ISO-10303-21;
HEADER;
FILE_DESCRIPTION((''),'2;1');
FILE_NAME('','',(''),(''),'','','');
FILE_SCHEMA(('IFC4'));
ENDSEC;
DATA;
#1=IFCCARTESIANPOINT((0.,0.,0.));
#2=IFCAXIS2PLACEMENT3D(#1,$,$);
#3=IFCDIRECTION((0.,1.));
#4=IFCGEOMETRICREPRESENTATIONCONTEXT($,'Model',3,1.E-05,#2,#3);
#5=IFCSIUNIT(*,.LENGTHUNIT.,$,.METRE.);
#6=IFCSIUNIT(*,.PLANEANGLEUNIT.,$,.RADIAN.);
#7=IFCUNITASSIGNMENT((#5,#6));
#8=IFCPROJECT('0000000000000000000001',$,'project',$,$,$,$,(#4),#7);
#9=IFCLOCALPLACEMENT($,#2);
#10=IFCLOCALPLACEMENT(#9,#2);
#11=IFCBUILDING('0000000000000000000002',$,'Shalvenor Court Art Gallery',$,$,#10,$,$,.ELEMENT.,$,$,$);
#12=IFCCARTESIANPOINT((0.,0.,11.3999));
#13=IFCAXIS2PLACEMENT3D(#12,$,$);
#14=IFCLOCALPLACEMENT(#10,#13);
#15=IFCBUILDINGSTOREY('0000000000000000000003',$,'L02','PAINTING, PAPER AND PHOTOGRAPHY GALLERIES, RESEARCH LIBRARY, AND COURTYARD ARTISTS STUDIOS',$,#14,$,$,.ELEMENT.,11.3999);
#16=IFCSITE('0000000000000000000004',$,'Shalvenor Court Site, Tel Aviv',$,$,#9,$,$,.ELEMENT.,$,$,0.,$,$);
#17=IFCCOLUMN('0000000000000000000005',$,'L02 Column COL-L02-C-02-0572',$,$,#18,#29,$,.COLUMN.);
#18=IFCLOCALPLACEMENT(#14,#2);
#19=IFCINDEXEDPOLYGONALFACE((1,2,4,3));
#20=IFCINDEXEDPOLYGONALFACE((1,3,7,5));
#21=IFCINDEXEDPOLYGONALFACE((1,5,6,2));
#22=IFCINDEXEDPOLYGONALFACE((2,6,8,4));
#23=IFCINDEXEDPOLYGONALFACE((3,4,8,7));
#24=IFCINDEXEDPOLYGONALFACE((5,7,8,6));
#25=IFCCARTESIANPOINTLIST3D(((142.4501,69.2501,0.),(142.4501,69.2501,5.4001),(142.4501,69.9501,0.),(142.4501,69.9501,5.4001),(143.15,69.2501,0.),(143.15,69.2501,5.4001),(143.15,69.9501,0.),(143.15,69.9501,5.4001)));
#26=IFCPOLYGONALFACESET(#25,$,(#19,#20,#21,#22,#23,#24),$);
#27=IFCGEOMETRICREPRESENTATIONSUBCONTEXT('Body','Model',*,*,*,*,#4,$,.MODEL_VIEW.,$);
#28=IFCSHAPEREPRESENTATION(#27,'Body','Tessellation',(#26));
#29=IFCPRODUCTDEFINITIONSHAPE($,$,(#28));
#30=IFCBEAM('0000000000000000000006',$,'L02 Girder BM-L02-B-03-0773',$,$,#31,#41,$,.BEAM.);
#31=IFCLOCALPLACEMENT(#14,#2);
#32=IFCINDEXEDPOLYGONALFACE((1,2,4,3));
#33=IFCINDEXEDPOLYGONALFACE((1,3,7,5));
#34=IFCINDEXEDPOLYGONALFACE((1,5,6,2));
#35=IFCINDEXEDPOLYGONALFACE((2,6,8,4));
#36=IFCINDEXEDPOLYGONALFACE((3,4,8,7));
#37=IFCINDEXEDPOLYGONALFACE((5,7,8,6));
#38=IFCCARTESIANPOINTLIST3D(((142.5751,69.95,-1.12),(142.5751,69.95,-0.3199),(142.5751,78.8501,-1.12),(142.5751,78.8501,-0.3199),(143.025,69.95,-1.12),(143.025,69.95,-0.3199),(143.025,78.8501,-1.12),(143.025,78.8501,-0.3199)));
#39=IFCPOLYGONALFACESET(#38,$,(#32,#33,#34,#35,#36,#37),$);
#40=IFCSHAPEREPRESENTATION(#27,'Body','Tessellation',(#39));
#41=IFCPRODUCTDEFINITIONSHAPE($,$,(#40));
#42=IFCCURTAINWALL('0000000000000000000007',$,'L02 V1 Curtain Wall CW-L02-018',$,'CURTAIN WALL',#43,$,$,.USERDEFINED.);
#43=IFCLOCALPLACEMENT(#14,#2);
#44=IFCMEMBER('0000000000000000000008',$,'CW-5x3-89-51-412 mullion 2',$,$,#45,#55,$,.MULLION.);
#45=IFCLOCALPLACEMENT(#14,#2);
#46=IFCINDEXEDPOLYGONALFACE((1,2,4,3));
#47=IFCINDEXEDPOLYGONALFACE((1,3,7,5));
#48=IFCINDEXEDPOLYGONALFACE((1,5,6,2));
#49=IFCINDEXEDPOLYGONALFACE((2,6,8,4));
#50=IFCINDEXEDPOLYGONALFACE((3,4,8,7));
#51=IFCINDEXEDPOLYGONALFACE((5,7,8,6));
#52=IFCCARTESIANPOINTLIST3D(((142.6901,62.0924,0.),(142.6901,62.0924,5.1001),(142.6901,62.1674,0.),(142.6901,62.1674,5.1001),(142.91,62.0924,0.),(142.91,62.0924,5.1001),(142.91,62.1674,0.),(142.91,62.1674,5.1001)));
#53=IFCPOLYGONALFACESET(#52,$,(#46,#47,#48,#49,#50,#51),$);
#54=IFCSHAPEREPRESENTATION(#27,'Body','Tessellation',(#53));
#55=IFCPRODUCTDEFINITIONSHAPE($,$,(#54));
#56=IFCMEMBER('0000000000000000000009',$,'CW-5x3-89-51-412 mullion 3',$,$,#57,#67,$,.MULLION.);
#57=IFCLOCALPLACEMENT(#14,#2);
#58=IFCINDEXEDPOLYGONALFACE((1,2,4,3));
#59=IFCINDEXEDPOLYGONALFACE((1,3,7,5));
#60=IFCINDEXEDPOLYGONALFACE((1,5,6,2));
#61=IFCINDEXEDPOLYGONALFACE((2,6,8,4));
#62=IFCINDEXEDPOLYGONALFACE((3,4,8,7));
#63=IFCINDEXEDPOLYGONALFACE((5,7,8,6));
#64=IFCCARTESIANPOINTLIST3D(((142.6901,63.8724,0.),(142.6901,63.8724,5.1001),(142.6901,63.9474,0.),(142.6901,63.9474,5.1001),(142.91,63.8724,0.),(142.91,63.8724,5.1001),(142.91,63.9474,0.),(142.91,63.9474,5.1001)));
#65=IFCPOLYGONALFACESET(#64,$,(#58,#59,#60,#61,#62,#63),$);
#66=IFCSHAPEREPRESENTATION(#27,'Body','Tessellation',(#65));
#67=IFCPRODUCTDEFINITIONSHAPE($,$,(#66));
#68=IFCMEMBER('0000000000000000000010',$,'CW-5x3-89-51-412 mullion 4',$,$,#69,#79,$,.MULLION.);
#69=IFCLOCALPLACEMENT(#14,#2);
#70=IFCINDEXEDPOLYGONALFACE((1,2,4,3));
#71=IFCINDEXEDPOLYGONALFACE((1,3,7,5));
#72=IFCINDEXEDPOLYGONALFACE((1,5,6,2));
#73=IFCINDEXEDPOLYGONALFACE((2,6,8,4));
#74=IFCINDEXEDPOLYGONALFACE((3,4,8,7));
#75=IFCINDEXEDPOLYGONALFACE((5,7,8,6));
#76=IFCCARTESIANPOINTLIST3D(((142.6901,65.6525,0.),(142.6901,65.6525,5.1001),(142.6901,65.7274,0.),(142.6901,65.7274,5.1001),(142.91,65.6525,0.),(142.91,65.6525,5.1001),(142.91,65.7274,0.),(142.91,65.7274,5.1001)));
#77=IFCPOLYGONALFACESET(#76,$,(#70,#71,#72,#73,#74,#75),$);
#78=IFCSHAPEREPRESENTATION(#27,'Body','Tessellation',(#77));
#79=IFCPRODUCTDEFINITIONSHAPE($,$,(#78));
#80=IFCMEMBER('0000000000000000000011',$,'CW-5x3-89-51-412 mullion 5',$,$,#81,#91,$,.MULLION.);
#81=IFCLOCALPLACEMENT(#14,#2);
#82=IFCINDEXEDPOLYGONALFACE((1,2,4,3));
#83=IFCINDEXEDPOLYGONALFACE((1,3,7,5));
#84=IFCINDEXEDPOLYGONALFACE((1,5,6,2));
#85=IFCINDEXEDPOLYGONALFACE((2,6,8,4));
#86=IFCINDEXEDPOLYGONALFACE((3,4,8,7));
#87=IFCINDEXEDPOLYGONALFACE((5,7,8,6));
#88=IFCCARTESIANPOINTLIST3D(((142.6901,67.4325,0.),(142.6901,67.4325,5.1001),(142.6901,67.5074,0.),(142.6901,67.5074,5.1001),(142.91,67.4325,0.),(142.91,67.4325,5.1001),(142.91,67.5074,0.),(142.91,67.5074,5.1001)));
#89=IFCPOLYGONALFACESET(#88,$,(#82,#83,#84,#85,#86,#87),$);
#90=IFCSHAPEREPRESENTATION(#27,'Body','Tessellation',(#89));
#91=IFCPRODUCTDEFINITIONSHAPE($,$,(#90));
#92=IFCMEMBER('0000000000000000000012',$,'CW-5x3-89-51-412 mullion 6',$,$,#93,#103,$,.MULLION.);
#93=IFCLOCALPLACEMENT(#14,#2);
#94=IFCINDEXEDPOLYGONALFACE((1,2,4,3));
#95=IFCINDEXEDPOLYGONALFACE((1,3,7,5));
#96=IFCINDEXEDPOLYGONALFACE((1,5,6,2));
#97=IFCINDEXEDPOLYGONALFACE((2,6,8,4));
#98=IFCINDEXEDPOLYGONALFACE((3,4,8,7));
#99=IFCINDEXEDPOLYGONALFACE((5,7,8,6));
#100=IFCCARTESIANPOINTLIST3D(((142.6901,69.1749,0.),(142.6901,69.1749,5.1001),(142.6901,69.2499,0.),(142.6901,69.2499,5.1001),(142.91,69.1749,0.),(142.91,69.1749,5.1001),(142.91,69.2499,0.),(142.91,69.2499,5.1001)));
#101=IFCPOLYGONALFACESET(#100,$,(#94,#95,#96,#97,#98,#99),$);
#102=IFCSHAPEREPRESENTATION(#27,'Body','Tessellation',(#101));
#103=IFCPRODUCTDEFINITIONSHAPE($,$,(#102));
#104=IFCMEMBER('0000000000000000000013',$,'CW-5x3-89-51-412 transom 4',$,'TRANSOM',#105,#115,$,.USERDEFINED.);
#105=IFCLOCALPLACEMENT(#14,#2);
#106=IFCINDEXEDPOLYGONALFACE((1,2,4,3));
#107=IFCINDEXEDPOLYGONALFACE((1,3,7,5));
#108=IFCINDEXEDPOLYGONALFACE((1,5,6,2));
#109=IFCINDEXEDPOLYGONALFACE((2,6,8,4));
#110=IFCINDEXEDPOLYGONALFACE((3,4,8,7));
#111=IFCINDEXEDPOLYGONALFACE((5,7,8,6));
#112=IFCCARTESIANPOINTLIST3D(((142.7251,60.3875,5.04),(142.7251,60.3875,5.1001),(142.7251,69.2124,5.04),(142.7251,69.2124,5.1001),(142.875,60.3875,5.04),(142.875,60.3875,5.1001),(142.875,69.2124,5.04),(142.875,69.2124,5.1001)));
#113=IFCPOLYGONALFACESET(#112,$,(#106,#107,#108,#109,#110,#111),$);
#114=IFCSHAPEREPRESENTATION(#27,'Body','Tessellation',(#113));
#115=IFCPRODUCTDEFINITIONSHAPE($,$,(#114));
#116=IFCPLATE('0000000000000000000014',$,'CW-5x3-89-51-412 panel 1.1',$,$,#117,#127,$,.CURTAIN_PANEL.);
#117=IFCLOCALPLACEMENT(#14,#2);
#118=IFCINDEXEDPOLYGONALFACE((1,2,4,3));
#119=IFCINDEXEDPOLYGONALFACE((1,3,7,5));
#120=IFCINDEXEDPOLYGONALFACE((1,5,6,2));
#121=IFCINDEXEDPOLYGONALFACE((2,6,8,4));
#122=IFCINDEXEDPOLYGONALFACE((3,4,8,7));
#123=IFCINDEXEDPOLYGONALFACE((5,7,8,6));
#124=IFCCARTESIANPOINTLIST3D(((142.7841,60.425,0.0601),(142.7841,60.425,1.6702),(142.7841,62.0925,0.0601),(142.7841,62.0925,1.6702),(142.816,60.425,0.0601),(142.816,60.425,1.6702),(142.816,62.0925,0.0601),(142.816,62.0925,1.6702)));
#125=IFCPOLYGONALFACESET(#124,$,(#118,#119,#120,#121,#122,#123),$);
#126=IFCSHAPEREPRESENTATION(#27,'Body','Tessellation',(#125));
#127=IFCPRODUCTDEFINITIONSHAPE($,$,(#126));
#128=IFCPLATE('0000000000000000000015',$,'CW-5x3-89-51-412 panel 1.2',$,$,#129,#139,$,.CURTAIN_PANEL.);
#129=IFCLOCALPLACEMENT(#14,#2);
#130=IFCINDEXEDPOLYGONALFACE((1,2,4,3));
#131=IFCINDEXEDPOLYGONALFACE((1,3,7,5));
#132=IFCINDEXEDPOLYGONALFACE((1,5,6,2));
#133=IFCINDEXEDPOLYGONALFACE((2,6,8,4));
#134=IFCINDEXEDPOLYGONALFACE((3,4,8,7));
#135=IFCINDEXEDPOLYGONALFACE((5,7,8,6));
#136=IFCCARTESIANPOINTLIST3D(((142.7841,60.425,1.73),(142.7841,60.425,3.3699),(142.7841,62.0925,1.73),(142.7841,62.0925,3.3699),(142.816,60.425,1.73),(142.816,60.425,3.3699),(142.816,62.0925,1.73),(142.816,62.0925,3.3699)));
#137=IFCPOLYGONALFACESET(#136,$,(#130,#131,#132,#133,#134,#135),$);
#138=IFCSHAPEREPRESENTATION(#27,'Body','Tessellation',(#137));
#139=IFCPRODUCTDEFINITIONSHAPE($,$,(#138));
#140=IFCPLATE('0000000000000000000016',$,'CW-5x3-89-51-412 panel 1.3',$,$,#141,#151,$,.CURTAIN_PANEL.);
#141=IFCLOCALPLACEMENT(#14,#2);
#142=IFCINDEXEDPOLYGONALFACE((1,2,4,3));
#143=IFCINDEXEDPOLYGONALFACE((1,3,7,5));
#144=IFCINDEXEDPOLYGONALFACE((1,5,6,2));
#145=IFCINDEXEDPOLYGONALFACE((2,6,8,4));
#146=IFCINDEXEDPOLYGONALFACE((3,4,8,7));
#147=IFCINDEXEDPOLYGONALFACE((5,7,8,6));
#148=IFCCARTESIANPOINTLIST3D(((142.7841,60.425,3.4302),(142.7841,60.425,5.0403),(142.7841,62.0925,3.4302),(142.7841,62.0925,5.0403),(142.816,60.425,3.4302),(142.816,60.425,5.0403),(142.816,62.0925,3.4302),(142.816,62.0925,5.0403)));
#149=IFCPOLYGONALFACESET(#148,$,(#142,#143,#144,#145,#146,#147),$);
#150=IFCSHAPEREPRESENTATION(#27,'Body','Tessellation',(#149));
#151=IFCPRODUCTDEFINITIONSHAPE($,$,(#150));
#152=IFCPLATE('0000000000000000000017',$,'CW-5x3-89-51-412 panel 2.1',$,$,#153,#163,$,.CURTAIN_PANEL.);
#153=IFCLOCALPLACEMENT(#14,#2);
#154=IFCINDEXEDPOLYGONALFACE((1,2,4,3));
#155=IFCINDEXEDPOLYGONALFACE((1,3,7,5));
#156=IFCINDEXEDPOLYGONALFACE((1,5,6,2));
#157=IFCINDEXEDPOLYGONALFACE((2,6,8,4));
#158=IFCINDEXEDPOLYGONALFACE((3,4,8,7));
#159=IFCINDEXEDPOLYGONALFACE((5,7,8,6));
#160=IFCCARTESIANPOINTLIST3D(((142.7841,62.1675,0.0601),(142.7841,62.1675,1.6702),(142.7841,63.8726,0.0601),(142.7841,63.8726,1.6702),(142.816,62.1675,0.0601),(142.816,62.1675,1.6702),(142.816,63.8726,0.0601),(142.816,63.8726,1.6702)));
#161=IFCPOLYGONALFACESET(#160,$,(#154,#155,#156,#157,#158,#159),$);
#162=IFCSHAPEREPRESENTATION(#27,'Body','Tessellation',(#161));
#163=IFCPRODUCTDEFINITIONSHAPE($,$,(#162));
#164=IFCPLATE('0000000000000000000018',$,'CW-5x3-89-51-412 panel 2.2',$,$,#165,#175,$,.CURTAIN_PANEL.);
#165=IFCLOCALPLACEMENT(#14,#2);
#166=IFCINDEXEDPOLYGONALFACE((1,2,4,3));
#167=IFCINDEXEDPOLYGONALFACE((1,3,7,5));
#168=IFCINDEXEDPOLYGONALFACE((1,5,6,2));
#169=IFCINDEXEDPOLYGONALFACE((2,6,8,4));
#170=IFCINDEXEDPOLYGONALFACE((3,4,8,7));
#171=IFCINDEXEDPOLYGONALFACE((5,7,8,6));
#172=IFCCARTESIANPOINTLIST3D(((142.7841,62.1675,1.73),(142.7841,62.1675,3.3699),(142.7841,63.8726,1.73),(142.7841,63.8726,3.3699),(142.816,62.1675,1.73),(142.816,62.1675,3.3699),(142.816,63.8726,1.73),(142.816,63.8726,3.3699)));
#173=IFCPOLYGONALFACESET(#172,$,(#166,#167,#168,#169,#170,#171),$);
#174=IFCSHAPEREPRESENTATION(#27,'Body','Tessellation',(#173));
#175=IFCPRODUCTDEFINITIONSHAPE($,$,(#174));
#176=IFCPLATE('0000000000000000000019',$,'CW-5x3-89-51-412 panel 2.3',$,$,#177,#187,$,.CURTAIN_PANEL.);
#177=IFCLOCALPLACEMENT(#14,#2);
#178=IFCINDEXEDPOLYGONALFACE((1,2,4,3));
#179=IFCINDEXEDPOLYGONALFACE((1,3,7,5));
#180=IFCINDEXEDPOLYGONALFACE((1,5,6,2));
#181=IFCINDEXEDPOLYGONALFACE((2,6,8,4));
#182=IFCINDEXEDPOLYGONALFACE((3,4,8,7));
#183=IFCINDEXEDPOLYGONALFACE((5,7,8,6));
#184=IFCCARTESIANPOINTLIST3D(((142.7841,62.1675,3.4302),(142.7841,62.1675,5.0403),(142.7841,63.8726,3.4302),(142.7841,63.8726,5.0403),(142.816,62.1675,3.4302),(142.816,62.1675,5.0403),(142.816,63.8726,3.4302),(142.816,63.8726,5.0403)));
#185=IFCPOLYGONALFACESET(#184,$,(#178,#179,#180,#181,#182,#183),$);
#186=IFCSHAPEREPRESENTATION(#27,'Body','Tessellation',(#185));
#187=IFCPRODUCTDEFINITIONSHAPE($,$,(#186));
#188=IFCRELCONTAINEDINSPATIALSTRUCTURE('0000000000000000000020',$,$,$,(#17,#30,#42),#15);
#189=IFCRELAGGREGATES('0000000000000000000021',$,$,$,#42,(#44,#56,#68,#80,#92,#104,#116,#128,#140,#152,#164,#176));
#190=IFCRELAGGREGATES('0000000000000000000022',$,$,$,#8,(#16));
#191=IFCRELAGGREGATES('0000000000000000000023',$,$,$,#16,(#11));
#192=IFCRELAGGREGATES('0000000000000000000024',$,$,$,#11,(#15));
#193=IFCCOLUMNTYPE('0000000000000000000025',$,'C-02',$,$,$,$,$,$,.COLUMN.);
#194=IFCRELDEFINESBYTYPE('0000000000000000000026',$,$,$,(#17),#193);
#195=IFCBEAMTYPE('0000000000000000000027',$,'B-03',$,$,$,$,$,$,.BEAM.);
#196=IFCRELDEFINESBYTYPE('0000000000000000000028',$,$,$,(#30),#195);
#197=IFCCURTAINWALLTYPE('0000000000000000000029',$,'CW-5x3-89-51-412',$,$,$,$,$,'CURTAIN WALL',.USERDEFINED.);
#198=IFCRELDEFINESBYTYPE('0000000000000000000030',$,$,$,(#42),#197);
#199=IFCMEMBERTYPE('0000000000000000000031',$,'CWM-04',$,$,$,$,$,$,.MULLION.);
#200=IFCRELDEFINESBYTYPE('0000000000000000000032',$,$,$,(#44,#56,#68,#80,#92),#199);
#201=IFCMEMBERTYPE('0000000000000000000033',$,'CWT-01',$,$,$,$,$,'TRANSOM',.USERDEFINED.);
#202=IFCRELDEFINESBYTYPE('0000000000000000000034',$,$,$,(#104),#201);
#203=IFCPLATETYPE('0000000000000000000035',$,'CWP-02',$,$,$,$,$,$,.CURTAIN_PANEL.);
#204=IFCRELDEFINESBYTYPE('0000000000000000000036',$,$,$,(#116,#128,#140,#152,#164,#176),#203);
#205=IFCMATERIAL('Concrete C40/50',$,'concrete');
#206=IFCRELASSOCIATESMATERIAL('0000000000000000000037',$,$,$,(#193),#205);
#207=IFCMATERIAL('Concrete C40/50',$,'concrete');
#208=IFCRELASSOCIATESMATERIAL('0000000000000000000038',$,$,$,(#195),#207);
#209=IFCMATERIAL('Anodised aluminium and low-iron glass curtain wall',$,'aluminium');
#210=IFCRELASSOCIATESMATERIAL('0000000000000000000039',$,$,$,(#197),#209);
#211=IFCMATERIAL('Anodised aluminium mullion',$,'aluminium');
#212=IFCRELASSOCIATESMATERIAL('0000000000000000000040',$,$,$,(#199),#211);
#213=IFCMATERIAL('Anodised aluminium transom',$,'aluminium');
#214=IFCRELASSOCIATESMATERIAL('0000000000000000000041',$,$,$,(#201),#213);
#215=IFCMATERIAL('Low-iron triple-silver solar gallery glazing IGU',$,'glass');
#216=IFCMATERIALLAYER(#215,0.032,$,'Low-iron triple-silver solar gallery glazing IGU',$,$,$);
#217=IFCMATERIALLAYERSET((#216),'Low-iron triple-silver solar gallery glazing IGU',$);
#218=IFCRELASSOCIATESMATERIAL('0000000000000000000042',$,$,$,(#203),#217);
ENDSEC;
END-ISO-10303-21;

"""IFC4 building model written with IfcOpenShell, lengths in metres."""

from ifc_helpers import new_model, si_unit, direction, frame, origin, origin_2d, place, context, subcontext, project, spatial, rectangle, extrude, material, layer, layer_set, material_profile, profile_set, type_object, element, aggregate, save


model = new_model("IFC4")

# Units and contexts
model_context = context("Model", 3, precision=1e-05, world=origin(), true_north=direction((0.0, 1.0)))
body_context = subcontext(model_context, "Body", "Model", "MODEL_VIEW")
ifc_project = project(units=[si_unit("LENGTHUNIT", "METRE"), si_unit("PLANEANGLEUNIT", "RADIAN")], contexts=[model_context])

# Site, building, storey
site_placement = place(None, origin())
site = spatial("IfcSite", under=ifc_project, at=site_placement, Name="Shalvenor Court Site, Tel Aviv", CompositionType="ELEMENT", RefElevation=0.0)
building_placement = place(site_placement, origin())
building = spatial("IfcBuilding", under=site, at=building_placement, Name="Shalvenor Court Art Gallery", CompositionType="ELEMENT")
storey_placement = place(building_placement, frame((0.0, 0.0, 11.3999)))
storey = spatial("IfcBuildingStorey", under=building, at=storey_placement, Name="L02", Description="PAINTING, PAPER AND PHOTOGRAPHY GALLERIES, RESEARCH LIBRARY, AND COURTYARD ARTISTS STUDIOS", CompositionType="ELEMENT", Elevation=11.3999)

# Column
ifc_material_1 = material(Name="Concrete C40/50", Category="concrete")
ifc_material_profile_1 = material_profile(ifc_material_1, rectangle(XDim=0.7, YDim=0.7, at=origin_2d()), Name="RC 700x700")
ifc_profile_set_1 = profile_set([ifc_material_profile_1], Name="Concrete C40/50")
column_type = type_object("IfcColumnType", Name="C-02", PredefinedType="COLUMN", material=ifc_profile_set_1)
column_placement = place(storey_placement, frame((142.8, 69.6001, 0.0), z_axis=(0.0, 0.0, 1.0), x_axis=(1.0, 0.0, 0.0)))
element("IfcColumn", 1, at=column_placement, inside=storey, type_object=column_type, Name="L02 Column COL-L02-C-02-0572", PredefinedType="COLUMN", context=body_context, shape_type="SweptSolid", body=[
    extrude(rectangle(XDim=0.7, YDim=0.7, at=origin_2d()), origin(), (0.0, 0.0, 1.0), 5.4001),
])

# Beam
ifc_material_2 = material(Name="Concrete C40/50", Category="concrete")
ifc_material_profile_2 = material_profile(ifc_material_2, rectangle(XDim=0.45, YDim=0.8, at=origin_2d()), Name="RC 450x800")
ifc_profile_set_2 = profile_set([ifc_material_profile_2], Name="Concrete C40/50")
beam_type = type_object("IfcBeamType", Name="B-03", PredefinedType="BEAM", material=ifc_profile_set_2)
beam_placement = place(storey_placement, frame((142.8, 69.95, -0.72), z_axis=(0.0, 1.0, 0.0), x_axis=(-1.0, 0.0, 0.0)))
element("IfcBeam", 2, at=beam_placement, inside=storey, type_object=beam_type, Name="L02 Girder BM-L02-B-03-0773", PredefinedType="BEAM", context=body_context, shape_type="SweptSolid", body=[
    extrude(rectangle(XDim=0.45, YDim=0.8, at=origin_2d()), origin(), (0.0, 0.0, 1.0), 8.9001),
])

# Curtain wall, members, plates
ifc_material_3 = material(Name="Anodised aluminium and low-iron glass curtain wall", Category="aluminium")
curtain_wall_type = type_object("IfcCurtainWallType", Name="CW-5x3-89-51-412", ElementType="CURTAIN WALL", PredefinedType="USERDEFINED", material=ifc_material_3)
curtain_wall_placement = place(storey_placement, origin())
curtain_wall = element("IfcCurtainWall", 3, at=curtain_wall_placement, inside=storey, type_object=curtain_wall_type, Name="L02 V1 Curtain Wall CW-L02-018", ObjectType="CURTAIN WALL", PredefinedType="USERDEFINED")
ifc_material_4 = material(Name="Anodised aluminium mullion", Category="aluminium")
ifc_material_profile_3 = material_profile(ifc_material_4, rectangle(XDim=0.075, YDim=0.22, at=origin_2d()), Name="CWM-04")
ifc_profile_set_3 = profile_set([ifc_material_profile_3], Name="Anodised aluminium mullion")
member_type_1 = type_object("IfcMemberType", Name="CWM-04", PredefinedType="MULLION", material=ifc_profile_set_3)
member_1_placement = place(storey_placement, frame((142.8, 62.1299, 0.0), z_axis=(0.0, 0.0, 1.0), x_axis=(0.0, 1.0, 0.0)))
member_1 = element("IfcMember", 4, at=member_1_placement, type_object=member_type_1, Name="CW-5x3-89-51-412 mullion 2", PredefinedType="MULLION", context=body_context, shape_type="SweptSolid", body=[
    extrude(rectangle(XDim=0.075, YDim=0.22, at=origin_2d()), origin(), (0.0, 0.0, 1.0), 5.1001),
])
member_2_placement = place(storey_placement, frame((142.8, 63.9099, 0.0), z_axis=(0.0, 0.0, 1.0), x_axis=(0.0, 1.0, 0.0)))
member_2 = element("IfcMember", 5, at=member_2_placement, type_object=member_type_1, Name="CW-5x3-89-51-412 mullion 3", PredefinedType="MULLION", context=body_context, shape_type="SweptSolid", body=[
    extrude(rectangle(XDim=0.075, YDim=0.22, at=origin_2d()), origin(), (0.0, 0.0, 1.0), 5.1001),
])
member_3_placement = place(storey_placement, frame((142.8, 65.6899, 0.0), z_axis=(0.0, 0.0, 1.0), x_axis=(0.0, 1.0, 0.0)))
member_3 = element("IfcMember", 6, at=member_3_placement, type_object=member_type_1, Name="CW-5x3-89-51-412 mullion 4", PredefinedType="MULLION", context=body_context, shape_type="SweptSolid", body=[
    extrude(rectangle(XDim=0.075, YDim=0.22, at=origin_2d()), origin(), (0.0, 0.0, 1.0), 5.1001),
])
member_4_placement = place(storey_placement, frame((142.8, 67.47, 0.0), z_axis=(0.0, 0.0, 1.0), x_axis=(0.0, 1.0, 0.0)))
member_4 = element("IfcMember", 7, at=member_4_placement, type_object=member_type_1, Name="CW-5x3-89-51-412 mullion 5", PredefinedType="MULLION", context=body_context, shape_type="SweptSolid", body=[
    extrude(rectangle(XDim=0.075, YDim=0.22, at=origin_2d()), origin(), (0.0, 0.0, 1.0), 5.1001),
])
member_5_placement = place(storey_placement, frame((142.8, 69.2124, 0.0), z_axis=(0.0, 0.0, 1.0), x_axis=(0.0, 1.0, 0.0)))
member_5 = element("IfcMember", 8, at=member_5_placement, type_object=member_type_1, Name="CW-5x3-89-51-412 mullion 6", PredefinedType="MULLION", context=body_context, shape_type="SweptSolid", body=[
    extrude(rectangle(XDim=0.075, YDim=0.22, at=origin_2d()), origin(), (0.0, 0.0, 1.0), 5.1001),
])
ifc_material_5 = material(Name="Anodised aluminium transom", Category="aluminium")
ifc_material_profile_4 = material_profile(ifc_material_5, rectangle(XDim=0.1499, YDim=0.0601, at=origin_2d()), Name="CWT-01")
ifc_profile_set_4 = profile_set([ifc_material_profile_4], Name="Anodised aluminium transom")
member_type_2 = type_object("IfcMemberType", Name="CWT-01", ElementType="TRANSOM", PredefinedType="USERDEFINED", material=ifc_profile_set_4)
member_6_placement = place(storey_placement, frame((142.8, 60.3875, 5.0701), z_axis=(0.0, 1.0, 0.0), x_axis=(-1.0, 0.0, 0.0)))
member_6 = element("IfcMember", 9, at=member_6_placement, type_object=member_type_2, Name="CW-5x3-89-51-412 transom 4", ObjectType="TRANSOM", PredefinedType="USERDEFINED", context=body_context, shape_type="SweptSolid", body=[
    extrude(rectangle(XDim=0.1499, YDim=0.0601, at=origin_2d()), origin(), (0.0, 0.0, 1.0), 8.825),
])
ifc_material_6 = material(Name="Low-iron triple-silver solar gallery glazing IGU", Category="glass")
ifc_layer_1 = layer(ifc_material_6, 0.032, Name="Low-iron triple-silver solar gallery glazing IGU")
ifc_layer_set_1 = layer_set([ifc_layer_1], Name="Low-iron triple-silver solar gallery glazing IGU")
plate_type_1 = type_object("IfcPlateType", Name="CWP-02", PredefinedType="CURTAIN_PANEL", material=ifc_layer_set_1)
plate_1_placement = place(storey_placement, frame((142.8, 61.2588, 0.0601), z_axis=(0.0, 0.0, 1.0), x_axis=(0.0, 1.0, 0.0)))
plate_1 = element("IfcPlate", 10, at=plate_1_placement, type_object=plate_type_1, Name="CW-5x3-89-51-412 panel 1.1", PredefinedType="CURTAIN_PANEL", context=body_context, shape_type="SweptSolid", body=[
    extrude(rectangle(XDim=1.6675, YDim=0.032, at=origin_2d()), origin(), (0.0, 0.0, 1.0), 1.6101),
])
plate_2_placement = place(storey_placement, frame((142.8, 61.2588, 1.73), z_axis=(0.0, 0.0, 1.0), x_axis=(0.0, 1.0, 0.0)))
plate_2 = element("IfcPlate", 11, at=plate_2_placement, type_object=plate_type_1, Name="CW-5x3-89-51-412 panel 1.2", PredefinedType="CURTAIN_PANEL", context=body_context, shape_type="SweptSolid", body=[
    extrude(rectangle(XDim=1.6675, YDim=0.032, at=origin_2d()), origin(), (0.0, 0.0, 1.0), 1.6399),
])
plate_3_placement = place(storey_placement, frame((142.8, 61.2588, 3.4302), z_axis=(0.0, 0.0, 1.0), x_axis=(0.0, 1.0, 0.0)))
plate_3 = element("IfcPlate", 12, at=plate_3_placement, type_object=plate_type_1, Name="CW-5x3-89-51-412 panel 1.3", PredefinedType="CURTAIN_PANEL", context=body_context, shape_type="SweptSolid", body=[
    extrude(rectangle(XDim=1.6675, YDim=0.032, at=origin_2d()), origin(), (0.0, 0.0, 1.0), 1.6101),
])
plate_4_placement = place(storey_placement, frame((142.8, 63.02, 0.0601), z_axis=(0.0, 0.0, 1.0), x_axis=(0.0, 1.0, 0.0)))
plate_4 = element("IfcPlate", 13, at=plate_4_placement, type_object=plate_type_1, Name="CW-5x3-89-51-412 panel 2.1", PredefinedType="CURTAIN_PANEL", context=body_context, shape_type="SweptSolid", body=[
    extrude(rectangle(XDim=1.7051, YDim=0.032, at=origin_2d()), origin(), (0.0, 0.0, 1.0), 1.6101),
])
plate_5_placement = place(storey_placement, frame((142.8, 63.02, 1.73), z_axis=(0.0, 0.0, 1.0), x_axis=(0.0, 1.0, 0.0)))
plate_5 = element("IfcPlate", 14, at=plate_5_placement, type_object=plate_type_1, Name="CW-5x3-89-51-412 panel 2.2", PredefinedType="CURTAIN_PANEL", context=body_context, shape_type="SweptSolid", body=[
    extrude(rectangle(XDim=1.7051, YDim=0.032, at=origin_2d()), origin(), (0.0, 0.0, 1.0), 1.6399),
])
plate_6_placement = place(storey_placement, frame((142.8, 63.02, 3.4302), z_axis=(0.0, 0.0, 1.0), x_axis=(0.0, 1.0, 0.0)))
plate_6 = element("IfcPlate", 15, at=plate_6_placement, type_object=plate_type_1, Name="CW-5x3-89-51-412 panel 2.3", PredefinedType="CURTAIN_PANEL", context=body_context, shape_type="SweptSolid", body=[
    extrude(rectangle(XDim=1.7051, YDim=0.032, at=origin_2d()), origin(), (0.0, 0.0, 1.0), 1.6101),
])
aggregate(curtain_wall, [member_1, member_2, member_3, member_4, member_5, member_6, plate_1, plate_2, plate_3, plate_4, plate_5, plate_6])

save(model, "model.ifc")
